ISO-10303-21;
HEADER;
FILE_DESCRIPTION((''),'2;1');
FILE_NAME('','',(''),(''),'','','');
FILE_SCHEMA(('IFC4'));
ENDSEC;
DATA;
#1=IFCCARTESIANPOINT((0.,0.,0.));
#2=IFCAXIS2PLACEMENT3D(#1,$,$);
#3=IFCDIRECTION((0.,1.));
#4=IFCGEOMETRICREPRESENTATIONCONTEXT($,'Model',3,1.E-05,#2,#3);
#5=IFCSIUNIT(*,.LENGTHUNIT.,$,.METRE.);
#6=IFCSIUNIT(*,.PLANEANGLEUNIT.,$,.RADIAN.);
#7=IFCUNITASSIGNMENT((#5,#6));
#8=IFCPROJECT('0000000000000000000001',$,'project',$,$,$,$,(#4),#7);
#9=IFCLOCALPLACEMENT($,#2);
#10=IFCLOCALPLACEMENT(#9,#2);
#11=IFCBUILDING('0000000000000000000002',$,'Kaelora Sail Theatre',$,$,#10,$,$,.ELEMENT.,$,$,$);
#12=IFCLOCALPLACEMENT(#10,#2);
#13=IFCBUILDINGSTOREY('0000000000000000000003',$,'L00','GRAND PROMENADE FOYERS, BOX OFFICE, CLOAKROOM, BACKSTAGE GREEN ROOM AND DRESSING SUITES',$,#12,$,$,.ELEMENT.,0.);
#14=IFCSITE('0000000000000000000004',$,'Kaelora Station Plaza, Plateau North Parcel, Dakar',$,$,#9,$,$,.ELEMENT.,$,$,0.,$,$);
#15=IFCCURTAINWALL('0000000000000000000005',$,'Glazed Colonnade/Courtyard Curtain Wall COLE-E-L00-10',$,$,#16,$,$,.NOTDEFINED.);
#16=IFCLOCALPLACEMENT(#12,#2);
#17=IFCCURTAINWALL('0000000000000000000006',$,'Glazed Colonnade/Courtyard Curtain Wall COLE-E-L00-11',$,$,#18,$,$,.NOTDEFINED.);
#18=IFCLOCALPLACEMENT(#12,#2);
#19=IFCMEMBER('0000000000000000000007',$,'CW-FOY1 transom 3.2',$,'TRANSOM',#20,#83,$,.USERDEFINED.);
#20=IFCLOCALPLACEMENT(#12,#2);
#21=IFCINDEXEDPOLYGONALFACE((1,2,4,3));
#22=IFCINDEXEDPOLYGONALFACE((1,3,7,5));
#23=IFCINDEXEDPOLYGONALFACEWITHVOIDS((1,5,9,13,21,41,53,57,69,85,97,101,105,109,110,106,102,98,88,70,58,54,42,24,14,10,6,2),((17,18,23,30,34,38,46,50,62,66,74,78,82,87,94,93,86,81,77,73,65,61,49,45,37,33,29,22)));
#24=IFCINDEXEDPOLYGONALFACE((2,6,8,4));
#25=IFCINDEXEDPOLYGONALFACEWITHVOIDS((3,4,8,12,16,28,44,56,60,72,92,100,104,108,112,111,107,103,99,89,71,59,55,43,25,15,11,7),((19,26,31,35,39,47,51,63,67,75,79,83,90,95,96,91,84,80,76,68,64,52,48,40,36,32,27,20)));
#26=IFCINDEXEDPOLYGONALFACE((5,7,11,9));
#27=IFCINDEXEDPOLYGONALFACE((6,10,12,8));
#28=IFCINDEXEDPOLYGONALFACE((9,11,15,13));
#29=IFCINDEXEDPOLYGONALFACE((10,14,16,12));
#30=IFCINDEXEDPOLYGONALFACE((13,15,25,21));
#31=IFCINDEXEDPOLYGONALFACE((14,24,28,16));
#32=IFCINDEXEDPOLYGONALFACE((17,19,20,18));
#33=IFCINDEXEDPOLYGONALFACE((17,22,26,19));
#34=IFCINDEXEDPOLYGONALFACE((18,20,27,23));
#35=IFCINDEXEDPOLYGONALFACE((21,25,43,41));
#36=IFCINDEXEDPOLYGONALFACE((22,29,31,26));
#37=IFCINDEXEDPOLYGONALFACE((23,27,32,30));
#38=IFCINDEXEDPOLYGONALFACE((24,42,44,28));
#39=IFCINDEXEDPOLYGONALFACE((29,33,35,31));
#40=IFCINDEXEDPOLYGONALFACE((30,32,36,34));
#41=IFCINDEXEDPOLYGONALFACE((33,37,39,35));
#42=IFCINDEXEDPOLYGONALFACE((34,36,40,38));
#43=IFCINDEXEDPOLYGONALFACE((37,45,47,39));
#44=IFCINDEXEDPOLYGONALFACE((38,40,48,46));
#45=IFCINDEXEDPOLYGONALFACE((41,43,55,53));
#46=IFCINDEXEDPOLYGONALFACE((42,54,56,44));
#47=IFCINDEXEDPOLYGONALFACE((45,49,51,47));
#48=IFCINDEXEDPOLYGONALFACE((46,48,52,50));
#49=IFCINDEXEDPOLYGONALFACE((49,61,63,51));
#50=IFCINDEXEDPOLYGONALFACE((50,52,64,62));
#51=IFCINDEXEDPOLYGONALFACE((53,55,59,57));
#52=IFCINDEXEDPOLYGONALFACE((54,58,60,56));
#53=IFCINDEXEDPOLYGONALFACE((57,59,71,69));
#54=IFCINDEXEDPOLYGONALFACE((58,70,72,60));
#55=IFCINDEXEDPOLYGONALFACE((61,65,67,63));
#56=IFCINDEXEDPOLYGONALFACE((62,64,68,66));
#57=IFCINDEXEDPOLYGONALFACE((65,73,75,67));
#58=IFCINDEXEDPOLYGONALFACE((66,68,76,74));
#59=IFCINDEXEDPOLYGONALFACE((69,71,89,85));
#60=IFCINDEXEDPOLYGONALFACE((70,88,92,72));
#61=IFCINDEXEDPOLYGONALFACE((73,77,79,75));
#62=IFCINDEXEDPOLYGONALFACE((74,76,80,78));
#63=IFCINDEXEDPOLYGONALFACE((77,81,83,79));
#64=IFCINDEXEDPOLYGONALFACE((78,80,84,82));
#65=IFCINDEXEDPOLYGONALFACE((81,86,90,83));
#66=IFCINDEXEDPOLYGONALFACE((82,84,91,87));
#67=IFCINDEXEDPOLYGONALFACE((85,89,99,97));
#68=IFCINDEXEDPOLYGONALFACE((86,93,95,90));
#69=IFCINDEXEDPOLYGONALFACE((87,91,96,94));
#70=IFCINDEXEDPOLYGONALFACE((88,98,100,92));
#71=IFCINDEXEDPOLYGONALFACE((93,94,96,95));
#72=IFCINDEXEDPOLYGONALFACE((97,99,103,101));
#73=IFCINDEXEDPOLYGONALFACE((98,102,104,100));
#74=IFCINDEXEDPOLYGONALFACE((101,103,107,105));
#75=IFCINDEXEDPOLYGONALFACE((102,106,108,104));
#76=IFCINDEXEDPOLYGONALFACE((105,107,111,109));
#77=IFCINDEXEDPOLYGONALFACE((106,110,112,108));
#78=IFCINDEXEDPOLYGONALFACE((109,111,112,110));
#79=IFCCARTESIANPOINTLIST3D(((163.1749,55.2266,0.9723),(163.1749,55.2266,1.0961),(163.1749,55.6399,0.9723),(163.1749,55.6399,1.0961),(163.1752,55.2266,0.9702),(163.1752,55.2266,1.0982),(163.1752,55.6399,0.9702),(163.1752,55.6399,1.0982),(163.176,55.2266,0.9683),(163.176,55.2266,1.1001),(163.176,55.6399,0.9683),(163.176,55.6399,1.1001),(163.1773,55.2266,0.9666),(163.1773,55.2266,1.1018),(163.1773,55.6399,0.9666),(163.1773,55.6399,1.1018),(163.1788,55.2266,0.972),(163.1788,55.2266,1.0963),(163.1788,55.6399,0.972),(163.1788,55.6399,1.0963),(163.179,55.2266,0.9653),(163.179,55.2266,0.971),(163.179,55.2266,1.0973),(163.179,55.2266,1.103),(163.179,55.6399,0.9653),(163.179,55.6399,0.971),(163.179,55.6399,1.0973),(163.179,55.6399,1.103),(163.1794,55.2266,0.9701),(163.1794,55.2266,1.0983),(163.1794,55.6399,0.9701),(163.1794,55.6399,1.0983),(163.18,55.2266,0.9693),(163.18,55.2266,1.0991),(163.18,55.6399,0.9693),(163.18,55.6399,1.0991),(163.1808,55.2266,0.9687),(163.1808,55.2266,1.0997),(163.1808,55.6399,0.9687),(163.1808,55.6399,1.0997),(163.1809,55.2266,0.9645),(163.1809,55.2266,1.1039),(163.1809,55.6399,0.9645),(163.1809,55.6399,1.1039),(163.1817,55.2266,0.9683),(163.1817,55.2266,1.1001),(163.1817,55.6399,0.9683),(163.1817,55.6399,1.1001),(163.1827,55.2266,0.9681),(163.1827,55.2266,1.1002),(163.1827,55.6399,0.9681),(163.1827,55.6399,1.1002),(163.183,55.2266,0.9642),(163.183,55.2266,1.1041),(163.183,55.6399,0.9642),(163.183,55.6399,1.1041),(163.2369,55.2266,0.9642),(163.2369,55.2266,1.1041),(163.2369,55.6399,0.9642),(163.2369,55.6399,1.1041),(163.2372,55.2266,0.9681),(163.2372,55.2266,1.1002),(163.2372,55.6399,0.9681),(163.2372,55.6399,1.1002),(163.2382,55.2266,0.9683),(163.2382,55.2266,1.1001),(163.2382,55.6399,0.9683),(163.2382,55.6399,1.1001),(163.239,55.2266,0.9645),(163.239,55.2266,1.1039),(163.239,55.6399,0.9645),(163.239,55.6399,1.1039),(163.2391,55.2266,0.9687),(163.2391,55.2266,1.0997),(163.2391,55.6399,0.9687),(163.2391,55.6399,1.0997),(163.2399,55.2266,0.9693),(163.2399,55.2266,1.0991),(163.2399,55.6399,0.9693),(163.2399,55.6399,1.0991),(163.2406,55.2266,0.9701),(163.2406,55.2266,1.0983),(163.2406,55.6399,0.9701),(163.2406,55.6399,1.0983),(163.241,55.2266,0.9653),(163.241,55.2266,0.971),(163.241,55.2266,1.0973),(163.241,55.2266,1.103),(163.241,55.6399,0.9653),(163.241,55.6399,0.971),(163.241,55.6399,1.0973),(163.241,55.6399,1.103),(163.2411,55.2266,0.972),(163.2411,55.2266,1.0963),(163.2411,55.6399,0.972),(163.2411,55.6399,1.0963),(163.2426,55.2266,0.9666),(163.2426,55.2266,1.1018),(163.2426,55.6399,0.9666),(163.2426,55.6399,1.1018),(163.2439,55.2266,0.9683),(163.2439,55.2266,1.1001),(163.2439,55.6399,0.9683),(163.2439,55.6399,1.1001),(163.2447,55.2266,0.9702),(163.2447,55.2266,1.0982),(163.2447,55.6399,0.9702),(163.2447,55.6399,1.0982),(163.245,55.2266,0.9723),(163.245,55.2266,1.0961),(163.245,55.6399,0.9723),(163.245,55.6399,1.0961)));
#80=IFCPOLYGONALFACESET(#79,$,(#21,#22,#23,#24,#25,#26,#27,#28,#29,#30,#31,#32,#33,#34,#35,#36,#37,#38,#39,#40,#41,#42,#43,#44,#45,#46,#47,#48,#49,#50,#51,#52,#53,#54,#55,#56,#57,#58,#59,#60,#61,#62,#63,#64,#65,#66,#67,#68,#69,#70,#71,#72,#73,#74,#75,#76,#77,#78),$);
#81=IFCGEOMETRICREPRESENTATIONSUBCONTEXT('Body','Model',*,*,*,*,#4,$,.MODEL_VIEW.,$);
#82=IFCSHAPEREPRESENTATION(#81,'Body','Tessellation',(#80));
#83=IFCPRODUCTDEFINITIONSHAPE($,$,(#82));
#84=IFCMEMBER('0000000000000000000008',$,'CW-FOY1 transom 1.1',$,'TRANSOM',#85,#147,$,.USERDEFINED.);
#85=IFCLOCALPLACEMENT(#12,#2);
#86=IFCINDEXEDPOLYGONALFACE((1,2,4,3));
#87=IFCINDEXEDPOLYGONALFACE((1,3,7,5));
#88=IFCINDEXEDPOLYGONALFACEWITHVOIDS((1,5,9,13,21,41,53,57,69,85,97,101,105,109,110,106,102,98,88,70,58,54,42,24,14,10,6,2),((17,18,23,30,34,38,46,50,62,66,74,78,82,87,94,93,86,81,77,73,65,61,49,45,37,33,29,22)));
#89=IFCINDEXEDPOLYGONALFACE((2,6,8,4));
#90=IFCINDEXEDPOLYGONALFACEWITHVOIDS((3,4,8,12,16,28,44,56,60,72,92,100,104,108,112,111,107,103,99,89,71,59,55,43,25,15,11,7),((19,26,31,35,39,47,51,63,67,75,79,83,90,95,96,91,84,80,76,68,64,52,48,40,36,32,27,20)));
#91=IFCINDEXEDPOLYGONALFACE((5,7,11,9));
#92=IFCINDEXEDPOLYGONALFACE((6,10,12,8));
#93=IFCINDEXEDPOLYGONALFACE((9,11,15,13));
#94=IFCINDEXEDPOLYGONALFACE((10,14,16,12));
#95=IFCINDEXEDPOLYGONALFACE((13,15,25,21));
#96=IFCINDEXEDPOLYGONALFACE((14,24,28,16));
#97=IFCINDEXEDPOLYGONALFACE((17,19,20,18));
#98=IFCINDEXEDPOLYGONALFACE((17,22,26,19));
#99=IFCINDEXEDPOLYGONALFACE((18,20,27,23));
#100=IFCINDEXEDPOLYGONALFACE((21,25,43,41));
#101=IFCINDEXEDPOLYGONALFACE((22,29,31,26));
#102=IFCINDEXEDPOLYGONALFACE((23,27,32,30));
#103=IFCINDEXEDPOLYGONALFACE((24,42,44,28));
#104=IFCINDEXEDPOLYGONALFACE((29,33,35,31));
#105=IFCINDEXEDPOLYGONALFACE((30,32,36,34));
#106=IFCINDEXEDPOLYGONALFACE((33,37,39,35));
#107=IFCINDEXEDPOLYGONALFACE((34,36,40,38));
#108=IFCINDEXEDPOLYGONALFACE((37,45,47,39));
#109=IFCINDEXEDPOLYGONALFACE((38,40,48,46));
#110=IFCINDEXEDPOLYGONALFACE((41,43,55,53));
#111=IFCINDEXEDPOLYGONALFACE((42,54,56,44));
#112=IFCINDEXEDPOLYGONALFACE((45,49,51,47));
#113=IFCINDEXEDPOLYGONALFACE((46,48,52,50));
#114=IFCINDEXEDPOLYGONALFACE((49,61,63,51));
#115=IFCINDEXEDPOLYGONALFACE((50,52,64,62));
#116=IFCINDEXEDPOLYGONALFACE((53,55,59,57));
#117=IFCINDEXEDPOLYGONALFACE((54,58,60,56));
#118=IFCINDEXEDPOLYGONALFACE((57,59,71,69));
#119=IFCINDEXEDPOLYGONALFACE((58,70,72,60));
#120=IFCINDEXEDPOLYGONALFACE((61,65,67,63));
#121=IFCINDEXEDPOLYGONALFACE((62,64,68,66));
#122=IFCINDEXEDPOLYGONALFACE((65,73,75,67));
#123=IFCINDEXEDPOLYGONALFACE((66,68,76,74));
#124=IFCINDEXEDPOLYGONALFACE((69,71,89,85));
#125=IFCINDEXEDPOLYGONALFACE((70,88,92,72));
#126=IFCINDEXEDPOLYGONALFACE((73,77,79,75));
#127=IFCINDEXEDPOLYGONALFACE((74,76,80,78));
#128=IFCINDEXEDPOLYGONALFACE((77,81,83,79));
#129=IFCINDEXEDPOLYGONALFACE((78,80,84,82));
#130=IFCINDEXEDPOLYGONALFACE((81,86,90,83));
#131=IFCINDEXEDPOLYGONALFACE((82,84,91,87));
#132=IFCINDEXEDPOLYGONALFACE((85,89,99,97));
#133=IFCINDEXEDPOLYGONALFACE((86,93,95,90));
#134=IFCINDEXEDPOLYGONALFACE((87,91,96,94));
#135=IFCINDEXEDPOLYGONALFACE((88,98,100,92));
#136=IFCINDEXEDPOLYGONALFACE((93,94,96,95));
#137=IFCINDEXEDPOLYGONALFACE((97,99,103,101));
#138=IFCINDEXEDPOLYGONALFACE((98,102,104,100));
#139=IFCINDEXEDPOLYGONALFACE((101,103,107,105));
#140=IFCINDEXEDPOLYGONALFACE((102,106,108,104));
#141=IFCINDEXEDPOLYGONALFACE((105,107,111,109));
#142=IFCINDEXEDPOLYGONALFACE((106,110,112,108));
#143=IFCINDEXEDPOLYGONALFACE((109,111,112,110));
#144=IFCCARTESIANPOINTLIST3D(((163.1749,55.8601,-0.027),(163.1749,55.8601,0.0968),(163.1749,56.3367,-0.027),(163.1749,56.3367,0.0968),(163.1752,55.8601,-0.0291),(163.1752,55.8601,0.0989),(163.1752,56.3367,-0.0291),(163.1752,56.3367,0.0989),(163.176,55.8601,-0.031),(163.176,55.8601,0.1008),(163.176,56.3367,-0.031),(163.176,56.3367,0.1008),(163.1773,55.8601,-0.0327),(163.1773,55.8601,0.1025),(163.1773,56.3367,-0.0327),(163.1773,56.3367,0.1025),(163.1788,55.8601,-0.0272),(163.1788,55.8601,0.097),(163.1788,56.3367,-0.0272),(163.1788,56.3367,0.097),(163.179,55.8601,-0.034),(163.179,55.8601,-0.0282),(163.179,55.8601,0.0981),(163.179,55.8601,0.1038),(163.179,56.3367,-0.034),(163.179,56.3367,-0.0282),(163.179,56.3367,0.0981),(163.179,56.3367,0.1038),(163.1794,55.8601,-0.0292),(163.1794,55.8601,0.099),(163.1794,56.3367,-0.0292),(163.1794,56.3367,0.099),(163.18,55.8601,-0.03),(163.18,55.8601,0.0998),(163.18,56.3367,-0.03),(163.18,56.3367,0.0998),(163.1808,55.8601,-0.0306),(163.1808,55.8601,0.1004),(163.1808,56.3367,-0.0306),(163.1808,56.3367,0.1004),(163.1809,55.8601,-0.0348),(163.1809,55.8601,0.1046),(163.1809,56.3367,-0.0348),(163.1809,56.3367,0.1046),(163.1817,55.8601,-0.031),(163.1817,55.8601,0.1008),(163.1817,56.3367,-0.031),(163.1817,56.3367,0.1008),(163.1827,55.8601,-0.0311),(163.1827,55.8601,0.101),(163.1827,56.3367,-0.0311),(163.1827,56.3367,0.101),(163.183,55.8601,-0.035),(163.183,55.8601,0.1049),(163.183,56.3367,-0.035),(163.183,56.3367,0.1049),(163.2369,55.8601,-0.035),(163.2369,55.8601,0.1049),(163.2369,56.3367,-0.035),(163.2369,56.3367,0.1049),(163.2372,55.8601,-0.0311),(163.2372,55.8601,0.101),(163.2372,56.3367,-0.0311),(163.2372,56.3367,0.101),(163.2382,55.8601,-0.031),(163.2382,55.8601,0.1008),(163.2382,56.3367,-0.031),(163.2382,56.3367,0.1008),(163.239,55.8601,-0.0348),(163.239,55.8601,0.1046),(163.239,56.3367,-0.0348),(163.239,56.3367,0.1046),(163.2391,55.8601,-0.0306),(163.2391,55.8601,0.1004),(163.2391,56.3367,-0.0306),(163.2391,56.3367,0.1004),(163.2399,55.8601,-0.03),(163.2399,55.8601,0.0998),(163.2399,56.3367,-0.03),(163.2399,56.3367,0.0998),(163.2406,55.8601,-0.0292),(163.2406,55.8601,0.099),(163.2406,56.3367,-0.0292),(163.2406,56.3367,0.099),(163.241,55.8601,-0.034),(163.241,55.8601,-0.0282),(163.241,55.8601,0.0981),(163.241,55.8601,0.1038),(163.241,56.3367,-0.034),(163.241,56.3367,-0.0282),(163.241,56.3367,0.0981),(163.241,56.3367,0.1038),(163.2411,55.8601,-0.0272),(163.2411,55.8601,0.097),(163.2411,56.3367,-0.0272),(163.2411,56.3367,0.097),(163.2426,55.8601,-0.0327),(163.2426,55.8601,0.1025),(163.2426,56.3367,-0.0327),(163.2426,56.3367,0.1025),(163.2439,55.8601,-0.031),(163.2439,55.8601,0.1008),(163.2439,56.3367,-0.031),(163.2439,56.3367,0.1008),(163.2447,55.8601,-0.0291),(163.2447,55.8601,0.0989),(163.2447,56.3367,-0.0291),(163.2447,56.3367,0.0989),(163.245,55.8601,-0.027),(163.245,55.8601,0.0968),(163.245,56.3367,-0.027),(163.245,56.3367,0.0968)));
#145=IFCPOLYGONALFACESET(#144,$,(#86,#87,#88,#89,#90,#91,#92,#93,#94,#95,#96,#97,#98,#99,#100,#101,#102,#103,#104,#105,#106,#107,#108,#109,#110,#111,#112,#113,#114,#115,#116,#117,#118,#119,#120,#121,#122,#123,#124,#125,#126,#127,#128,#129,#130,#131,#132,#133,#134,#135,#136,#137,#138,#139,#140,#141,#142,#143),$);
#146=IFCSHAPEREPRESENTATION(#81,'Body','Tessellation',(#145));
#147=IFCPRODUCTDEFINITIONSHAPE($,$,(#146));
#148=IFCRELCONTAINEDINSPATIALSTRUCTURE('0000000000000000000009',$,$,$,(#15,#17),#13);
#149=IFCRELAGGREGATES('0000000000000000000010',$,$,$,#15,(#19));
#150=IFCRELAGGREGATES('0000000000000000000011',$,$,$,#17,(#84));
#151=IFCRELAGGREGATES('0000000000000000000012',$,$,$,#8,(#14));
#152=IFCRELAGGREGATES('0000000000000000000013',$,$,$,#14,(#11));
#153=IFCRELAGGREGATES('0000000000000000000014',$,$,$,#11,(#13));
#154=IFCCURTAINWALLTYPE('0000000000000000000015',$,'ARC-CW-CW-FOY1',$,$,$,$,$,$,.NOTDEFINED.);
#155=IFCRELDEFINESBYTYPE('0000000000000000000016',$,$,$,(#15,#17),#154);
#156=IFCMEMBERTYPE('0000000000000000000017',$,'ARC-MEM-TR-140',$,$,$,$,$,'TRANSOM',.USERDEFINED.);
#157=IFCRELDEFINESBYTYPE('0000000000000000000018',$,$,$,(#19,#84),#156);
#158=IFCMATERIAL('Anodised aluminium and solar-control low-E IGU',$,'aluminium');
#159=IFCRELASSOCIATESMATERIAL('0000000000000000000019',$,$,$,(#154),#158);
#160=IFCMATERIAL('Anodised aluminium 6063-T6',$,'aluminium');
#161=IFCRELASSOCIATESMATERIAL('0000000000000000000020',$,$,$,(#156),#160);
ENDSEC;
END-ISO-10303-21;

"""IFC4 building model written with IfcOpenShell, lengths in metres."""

from ifc_helpers import new_model, si_unit, direction, frame, origin, origin_2d, place, context, subcontext, project, spatial, hollow_rectangle, extrude, material, material_profile, profile_set, type_object, element, aggregate, save


model = new_model("IFC4")

# Units and contexts
model_context = context("Model", 3, precision=1e-05, world=origin(), true_north=direction((0.0, 1.0)))
body_context = subcontext(model_context, "Body", "Model", "MODEL_VIEW")
ifc_project = project(units=[si_unit("LENGTHUNIT", "METRE"), si_unit("PLANEANGLEUNIT", "RADIAN")], contexts=[model_context])

# Site, building, storey
site_placement = place(None, origin())
site = spatial("IfcSite", under=ifc_project, at=site_placement, Name="Kaelora Station Plaza, Plateau North Parcel, Dakar", CompositionType="ELEMENT", RefElevation=0.0)
building_placement = place(site_placement, origin())
building = spatial("IfcBuilding", under=site, at=building_placement, Name="Kaelora Sail Theatre", CompositionType="ELEMENT")
storey_placement = place(building_placement, origin())
storey = spatial("IfcBuildingStorey", under=building, at=storey_placement, Name="L00", Description="GRAND PROMENADE FOYERS, BOX OFFICE, CLOAKROOM, BACKSTAGE GREEN ROOM AND DRESSING SUITES", CompositionType="ELEMENT", Elevation=0.0)

# Curtain walls
ifc_material_1 = material(Name="Anodised aluminium and solar-control low-E IGU", Category="aluminium")
curtain_wall_type = type_object("IfcCurtainWallType", Name="ARC-CW-CW-FOY1", PredefinedType="NOTDEFINED", material=ifc_material_1)
curtain_wall_1_placement = place(storey_placement, origin())
curtain_wall_1 = element("IfcCurtainWall", 1, at=curtain_wall_1_placement, inside=storey, type_object=curtain_wall_type, Name="Glazed Colonnade/Courtyard Curtain Wall COLE-E-L00-10", PredefinedType="NOTDEFINED")
curtain_wall_2_placement = place(storey_placement, origin())
curtain_wall_2 = element("IfcCurtainWall", 2, at=curtain_wall_2_placement, inside=storey, type_object=curtain_wall_type, Name="Glazed Colonnade/Courtyard Curtain Wall COLE-E-L00-11", PredefinedType="NOTDEFINED")

# Members
ifc_material_2 = material(Name="Anodised aluminium 6063-T6", Category="aluminium")
ifc_material_profile_1 = material_profile(ifc_material_2, hollow_rectangle(XDim=0.0701, YDim=0.1399, WallThickness=0.0039, InnerFilletRadius=0.0039, OuterFilletRadius=0.0081, at=origin_2d()), Name="ALU-TRAN 70x140x4")
ifc_profile_set_1 = profile_set([ifc_material_profile_1], Name="Anodised aluminium 6063-T6")
member_type_1 = type_object("IfcMemberType", Name="ARC-MEM-TR-140", ElementType="TRANSOM", PredefinedType="USERDEFINED", material=ifc_profile_set_1)
member_1_placement = place(storey_placement, frame((163.21, 55.2266, 1.0342), z_axis=(0.0, 1.0, 0.0), x_axis=(-1.0, 0.0, 0.0)))
member_1 = element("IfcMember", 3, at=member_1_placement, type_object=member_type_1, Name="CW-FOY1 transom 3.2", ObjectType="TRANSOM", PredefinedType="USERDEFINED", context=body_context, shape_type="SweptSolid", body=[
    extrude(hollow_rectangle(XDim=0.0701, YDim=0.1399, WallThickness=0.0039, InnerFilletRadius=0.0039, OuterFilletRadius=0.0081, at=origin_2d()), origin(), (0.0, 0.0, 1.0), 0.4133),
])
member_2_placement = place(storey_placement, frame((163.21, 55.8601, 0.0349), z_axis=(0.0, 1.0, 0.0), x_axis=(-1.0, 0.0, 0.0)))
member_2 = element("IfcMember", 4, at=member_2_placement, type_object=member_type_1, Name="CW-FOY1 transom 1.1", ObjectType="TRANSOM", PredefinedType="USERDEFINED", context=body_context, shape_type="SweptSolid", body=[
    extrude(hollow_rectangle(XDim=0.0701, YDim=0.1399, WallThickness=0.0039, InnerFilletRadius=0.0039, OuterFilletRadius=0.0081, at=origin_2d()), origin(), (0.0, 0.0, 1.0), 0.4766),
])

aggregate(curtain_wall_1, [member_1])
aggregate(curtain_wall_2, [member_2])

save(model, "model.ifc")
